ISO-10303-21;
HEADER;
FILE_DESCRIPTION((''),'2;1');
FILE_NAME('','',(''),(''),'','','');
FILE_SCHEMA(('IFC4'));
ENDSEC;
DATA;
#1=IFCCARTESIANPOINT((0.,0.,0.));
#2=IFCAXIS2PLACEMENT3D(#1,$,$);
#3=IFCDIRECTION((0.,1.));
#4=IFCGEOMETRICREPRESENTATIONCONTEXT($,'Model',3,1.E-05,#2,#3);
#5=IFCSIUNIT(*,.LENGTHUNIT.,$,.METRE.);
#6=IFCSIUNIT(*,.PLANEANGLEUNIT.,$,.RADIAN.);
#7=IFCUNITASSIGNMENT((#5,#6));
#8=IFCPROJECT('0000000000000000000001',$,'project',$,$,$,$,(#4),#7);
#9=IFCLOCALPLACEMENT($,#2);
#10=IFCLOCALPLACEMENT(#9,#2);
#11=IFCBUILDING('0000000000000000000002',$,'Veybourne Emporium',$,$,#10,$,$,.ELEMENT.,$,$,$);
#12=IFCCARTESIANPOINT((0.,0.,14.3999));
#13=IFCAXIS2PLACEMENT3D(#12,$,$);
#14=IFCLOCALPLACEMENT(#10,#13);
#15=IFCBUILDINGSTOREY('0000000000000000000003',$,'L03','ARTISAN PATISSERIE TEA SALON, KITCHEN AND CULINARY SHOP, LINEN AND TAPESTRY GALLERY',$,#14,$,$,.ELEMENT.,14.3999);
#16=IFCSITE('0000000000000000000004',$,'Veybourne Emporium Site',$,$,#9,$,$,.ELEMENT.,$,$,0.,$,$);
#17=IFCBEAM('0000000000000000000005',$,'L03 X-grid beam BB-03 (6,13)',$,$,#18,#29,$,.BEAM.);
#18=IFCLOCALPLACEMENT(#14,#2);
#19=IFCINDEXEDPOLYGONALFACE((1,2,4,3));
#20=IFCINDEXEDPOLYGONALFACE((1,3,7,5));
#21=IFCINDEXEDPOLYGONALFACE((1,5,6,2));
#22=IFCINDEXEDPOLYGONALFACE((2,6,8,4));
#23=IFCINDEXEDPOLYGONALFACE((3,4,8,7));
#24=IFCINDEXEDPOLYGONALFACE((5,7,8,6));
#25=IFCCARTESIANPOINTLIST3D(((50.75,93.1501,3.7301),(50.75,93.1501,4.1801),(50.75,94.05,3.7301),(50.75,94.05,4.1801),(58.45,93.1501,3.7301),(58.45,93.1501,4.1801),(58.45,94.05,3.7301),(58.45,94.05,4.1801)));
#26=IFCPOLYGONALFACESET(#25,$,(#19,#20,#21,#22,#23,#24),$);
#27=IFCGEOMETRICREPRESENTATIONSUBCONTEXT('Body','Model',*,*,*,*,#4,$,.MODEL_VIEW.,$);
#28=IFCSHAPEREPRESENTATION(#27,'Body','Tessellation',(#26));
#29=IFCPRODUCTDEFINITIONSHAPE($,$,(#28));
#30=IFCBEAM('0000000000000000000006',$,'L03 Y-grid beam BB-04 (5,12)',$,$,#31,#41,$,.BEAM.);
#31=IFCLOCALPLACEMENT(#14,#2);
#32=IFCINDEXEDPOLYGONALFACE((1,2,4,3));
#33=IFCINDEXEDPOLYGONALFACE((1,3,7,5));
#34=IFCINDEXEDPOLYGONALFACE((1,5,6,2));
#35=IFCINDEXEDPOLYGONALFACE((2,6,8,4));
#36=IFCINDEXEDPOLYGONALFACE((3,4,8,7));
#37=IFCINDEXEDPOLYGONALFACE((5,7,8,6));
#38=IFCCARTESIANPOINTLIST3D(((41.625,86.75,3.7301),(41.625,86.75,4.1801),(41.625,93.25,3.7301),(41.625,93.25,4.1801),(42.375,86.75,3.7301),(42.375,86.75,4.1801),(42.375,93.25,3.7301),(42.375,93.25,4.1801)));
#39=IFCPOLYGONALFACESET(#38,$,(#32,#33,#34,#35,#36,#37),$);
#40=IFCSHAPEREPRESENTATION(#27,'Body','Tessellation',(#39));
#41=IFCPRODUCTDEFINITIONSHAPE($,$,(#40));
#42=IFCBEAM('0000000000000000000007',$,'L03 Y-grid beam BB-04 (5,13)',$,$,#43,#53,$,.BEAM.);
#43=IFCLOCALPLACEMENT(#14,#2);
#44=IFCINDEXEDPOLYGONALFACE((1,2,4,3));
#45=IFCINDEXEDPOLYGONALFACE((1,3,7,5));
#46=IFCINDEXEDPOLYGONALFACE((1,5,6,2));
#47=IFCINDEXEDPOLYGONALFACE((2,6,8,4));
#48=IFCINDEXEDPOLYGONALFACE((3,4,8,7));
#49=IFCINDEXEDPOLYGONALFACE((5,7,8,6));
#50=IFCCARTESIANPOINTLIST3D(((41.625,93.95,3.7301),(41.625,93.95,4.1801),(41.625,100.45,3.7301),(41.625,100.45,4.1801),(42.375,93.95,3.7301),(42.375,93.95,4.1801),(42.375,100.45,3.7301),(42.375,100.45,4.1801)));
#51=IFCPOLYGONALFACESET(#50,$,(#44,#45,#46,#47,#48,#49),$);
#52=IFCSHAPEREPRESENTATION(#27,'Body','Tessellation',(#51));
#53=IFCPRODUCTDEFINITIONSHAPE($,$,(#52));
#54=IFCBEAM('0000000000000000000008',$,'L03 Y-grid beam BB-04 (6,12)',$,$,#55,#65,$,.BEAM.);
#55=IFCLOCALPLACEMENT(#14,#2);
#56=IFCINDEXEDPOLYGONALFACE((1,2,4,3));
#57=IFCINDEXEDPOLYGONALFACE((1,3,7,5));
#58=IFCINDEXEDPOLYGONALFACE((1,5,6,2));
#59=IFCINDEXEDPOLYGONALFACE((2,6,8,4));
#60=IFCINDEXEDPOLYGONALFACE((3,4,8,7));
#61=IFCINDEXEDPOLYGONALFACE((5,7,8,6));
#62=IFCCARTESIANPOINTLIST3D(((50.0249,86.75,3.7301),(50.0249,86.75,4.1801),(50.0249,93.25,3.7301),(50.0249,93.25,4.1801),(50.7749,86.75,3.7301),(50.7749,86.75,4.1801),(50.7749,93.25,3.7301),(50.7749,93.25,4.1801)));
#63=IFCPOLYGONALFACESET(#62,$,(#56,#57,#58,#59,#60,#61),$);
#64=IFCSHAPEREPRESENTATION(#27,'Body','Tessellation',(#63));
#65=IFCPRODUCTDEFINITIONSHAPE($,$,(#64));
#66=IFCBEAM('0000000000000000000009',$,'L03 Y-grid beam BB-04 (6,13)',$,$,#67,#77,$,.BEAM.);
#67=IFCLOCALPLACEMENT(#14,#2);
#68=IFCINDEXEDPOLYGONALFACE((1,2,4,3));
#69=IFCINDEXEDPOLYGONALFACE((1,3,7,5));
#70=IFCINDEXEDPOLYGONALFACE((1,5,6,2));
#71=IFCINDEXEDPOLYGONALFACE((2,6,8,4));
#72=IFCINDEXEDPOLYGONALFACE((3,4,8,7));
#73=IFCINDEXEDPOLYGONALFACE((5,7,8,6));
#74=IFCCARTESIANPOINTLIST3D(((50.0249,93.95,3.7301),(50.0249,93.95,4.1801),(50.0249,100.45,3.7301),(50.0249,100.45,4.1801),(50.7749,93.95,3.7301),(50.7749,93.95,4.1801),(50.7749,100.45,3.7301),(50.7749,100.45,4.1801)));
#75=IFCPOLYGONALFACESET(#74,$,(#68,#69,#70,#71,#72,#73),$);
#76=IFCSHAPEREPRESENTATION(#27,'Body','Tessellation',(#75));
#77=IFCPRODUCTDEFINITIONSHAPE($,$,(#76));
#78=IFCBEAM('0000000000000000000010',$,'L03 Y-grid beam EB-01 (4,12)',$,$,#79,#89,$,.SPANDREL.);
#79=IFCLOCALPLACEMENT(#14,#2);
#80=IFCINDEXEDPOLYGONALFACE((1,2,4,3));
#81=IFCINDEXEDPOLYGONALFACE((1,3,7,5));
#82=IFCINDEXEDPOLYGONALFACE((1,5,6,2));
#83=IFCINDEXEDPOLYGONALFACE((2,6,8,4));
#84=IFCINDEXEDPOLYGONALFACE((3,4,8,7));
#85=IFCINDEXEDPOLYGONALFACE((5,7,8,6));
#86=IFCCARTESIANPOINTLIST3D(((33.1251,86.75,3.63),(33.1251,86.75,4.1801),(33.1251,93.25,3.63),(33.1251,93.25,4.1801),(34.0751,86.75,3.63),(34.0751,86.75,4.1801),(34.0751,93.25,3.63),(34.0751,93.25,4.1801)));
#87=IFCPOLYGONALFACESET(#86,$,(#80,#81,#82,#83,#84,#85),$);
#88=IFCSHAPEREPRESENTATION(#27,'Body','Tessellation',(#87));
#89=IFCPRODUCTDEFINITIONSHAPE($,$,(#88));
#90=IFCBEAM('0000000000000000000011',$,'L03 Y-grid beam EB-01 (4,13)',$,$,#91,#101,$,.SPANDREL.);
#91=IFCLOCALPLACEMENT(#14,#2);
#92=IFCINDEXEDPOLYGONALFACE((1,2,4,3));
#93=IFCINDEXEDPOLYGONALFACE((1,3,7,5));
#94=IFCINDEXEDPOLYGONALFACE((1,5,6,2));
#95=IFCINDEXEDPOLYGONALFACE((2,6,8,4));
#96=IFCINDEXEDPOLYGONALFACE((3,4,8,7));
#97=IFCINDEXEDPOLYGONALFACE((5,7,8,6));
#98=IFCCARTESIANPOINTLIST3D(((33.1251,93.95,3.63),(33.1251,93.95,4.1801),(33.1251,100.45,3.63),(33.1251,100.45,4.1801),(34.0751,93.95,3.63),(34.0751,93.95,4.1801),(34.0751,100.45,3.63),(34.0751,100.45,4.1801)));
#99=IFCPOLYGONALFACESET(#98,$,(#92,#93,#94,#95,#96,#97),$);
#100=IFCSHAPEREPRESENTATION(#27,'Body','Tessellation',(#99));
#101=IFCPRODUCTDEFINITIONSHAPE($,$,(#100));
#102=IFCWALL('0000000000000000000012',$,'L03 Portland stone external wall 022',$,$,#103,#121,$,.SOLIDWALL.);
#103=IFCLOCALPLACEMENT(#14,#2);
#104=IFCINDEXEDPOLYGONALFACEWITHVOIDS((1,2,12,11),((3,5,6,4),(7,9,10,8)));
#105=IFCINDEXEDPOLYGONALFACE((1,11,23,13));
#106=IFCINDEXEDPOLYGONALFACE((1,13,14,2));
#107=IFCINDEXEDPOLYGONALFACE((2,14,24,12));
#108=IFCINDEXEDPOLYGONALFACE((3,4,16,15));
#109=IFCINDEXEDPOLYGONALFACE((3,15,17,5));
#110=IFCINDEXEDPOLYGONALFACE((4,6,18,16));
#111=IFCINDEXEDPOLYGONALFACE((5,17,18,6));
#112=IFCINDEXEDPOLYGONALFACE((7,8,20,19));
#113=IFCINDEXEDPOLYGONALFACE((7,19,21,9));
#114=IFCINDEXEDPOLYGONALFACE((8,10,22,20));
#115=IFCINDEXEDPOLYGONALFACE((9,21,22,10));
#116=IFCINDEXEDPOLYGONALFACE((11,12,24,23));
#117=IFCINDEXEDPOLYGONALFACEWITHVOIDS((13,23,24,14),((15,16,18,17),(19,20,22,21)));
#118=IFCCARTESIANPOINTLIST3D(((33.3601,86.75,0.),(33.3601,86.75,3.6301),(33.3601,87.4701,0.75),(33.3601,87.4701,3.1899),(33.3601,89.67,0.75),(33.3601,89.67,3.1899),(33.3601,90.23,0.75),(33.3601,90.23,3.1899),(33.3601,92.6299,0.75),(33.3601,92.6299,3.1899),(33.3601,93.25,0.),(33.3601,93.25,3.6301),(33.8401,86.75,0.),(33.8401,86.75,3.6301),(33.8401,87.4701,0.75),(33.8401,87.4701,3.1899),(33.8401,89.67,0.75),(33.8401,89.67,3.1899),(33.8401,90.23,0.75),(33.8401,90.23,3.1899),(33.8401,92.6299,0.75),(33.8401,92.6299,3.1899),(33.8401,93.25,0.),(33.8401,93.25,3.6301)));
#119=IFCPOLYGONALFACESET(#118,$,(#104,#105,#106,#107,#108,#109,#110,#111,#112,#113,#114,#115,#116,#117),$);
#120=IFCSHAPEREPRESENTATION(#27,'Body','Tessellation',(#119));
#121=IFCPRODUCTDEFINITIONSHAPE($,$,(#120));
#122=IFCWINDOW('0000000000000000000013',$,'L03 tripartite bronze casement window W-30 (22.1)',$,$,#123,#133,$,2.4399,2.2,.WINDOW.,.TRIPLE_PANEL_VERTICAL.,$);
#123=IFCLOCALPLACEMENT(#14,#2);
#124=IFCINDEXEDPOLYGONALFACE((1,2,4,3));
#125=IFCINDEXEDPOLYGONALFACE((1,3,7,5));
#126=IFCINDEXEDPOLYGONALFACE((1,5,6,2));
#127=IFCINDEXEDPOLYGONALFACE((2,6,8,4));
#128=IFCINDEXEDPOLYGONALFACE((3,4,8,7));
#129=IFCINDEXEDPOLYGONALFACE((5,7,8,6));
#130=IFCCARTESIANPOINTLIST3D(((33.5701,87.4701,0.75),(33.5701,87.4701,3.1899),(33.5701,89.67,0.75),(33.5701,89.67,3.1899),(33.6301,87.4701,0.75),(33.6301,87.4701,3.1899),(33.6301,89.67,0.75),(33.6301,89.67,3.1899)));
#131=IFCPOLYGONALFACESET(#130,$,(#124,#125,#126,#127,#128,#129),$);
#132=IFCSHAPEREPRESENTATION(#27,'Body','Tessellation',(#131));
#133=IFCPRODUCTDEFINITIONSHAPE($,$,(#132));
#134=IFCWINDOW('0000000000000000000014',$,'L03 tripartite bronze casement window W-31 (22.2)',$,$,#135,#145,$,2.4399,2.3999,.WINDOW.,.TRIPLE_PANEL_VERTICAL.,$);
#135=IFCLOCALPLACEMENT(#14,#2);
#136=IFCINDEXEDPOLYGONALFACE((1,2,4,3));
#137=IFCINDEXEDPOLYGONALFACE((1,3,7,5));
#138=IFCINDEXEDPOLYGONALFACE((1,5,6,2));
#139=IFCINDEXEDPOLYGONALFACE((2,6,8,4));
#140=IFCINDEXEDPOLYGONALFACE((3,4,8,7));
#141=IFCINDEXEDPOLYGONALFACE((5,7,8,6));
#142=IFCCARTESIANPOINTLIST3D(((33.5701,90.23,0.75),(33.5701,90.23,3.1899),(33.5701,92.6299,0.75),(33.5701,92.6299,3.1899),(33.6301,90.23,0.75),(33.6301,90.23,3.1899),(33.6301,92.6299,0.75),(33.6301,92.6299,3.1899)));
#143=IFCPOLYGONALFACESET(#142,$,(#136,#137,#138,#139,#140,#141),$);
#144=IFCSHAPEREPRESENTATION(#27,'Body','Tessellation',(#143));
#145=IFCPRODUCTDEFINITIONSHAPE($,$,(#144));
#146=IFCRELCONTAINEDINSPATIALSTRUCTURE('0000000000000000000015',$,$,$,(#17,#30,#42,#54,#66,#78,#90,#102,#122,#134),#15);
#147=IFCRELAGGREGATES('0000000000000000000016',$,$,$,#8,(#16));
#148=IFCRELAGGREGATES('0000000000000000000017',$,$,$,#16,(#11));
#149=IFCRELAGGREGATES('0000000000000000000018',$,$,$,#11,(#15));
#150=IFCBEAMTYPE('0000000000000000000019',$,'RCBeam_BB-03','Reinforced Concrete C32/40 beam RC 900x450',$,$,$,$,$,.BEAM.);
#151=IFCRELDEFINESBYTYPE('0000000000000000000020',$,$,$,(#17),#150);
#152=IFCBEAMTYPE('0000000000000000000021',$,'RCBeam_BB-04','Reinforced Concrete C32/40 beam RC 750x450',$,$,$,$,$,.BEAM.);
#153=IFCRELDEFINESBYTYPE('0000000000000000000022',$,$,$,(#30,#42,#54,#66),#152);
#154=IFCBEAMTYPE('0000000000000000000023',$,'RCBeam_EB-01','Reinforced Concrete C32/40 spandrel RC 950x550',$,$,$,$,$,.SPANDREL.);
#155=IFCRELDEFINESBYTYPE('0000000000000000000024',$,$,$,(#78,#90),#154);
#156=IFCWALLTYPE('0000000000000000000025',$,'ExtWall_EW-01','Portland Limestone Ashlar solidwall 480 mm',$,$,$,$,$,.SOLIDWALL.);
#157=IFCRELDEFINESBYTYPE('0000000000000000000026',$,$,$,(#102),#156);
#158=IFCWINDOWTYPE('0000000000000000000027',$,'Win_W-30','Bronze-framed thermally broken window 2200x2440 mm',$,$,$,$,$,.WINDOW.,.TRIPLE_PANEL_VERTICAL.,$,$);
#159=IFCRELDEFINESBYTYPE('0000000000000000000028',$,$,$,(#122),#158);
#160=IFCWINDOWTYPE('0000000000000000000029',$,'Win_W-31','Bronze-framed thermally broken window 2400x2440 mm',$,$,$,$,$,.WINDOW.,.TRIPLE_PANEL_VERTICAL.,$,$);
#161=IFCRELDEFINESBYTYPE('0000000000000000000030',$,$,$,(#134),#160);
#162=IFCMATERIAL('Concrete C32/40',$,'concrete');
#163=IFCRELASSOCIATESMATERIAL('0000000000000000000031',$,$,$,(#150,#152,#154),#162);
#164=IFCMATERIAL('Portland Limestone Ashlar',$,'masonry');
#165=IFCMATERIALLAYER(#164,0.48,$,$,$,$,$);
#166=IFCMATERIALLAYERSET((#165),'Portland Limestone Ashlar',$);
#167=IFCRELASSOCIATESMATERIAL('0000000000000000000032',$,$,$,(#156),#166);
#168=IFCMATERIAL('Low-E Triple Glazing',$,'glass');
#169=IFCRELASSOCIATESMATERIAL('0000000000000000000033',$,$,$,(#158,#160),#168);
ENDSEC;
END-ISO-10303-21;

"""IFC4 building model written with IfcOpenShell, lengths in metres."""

from ifc_helpers import new_model, si_unit, direction, frame, frame_2d, origin, origin_2d, place, context, subcontext, project, spatial, rectangle, extrude, material, layer, layer_set, material_profile, profile_set, type_object, element, fill, save


model = new_model("IFC4")

# Units and contexts
model_context = context("Model", 3, precision=1e-05, world=origin(), true_north=direction((0.0, 1.0)))
body_context = subcontext(model_context, "Body", "Model", "MODEL_VIEW")
ifc_project = project(units=[si_unit("LENGTHUNIT", "METRE"), si_unit("PLANEANGLEUNIT", "RADIAN")], contexts=[model_context])

# Site, building, storey
site_placement = place(None, origin())
site = spatial("IfcSite", under=ifc_project, at=site_placement, Name="Veybourne Emporium Site", CompositionType="ELEMENT", RefElevation=0.0)
building_placement = place(site_placement, origin())
building = spatial("IfcBuilding", under=site, at=building_placement, Name="Veybourne Emporium", CompositionType="ELEMENT")
storey_placement = place(building_placement, frame((0.0, 0.0, 14.3999)))
storey = spatial("IfcBuildingStorey", under=building, at=storey_placement, Name="L03", Description="ARTISAN PATISSERIE TEA SALON, KITCHEN AND CULINARY SHOP, LINEN AND TAPESTRY GALLERY", CompositionType="ELEMENT", Elevation=14.3999)

# Beams
ifc_material_1 = material(Name="Concrete C32/40", Category="concrete")
ifc_material_profile_1 = material_profile(ifc_material_1, rectangle(XDim=0.8999, YDim=0.45, at=origin_2d()), Name="RC 900x450")
ifc_profile_set_1 = profile_set([ifc_material_profile_1], Name="Concrete C32/40")
beam_type_1 = type_object("IfcBeamType", Name="RCBeam_BB-03", Description="Reinforced Concrete C32/40 beam RC 900x450", PredefinedType="BEAM", material=ifc_profile_set_1)
for number, where, z_axis, x_axis, name in (
    (1, (50.75, 93.6001, 3.9551), (1.0, 0.0, 0.0), (0.0, 1.0, 0.0), "L03 X-grid beam BB-03 (6,13)"),
):
    element("IfcBeam", number, at=place(storey_placement, frame(where, z_axis=z_axis, x_axis=x_axis)), inside=storey, type_object=beam_type_1, Name=name, PredefinedType="BEAM", context=body_context, shape_type="SweptSolid", body=[
        extrude(rectangle(XDim=0.8999, YDim=0.45, at=origin_2d()), origin(), (0.0, 0.0, 1.0), 7.7),
    ])
ifc_material_profile_2 = material_profile(ifc_material_1, rectangle(XDim=0.75, YDim=0.45, at=origin_2d()), Name="RC 750x450")
ifc_profile_set_2 = profile_set([ifc_material_profile_2], Name="Concrete C32/40")
beam_type_2 = type_object("IfcBeamType", Name="RCBeam_BB-04", Description="Reinforced Concrete C32/40 beam RC 750x450", PredefinedType="BEAM", material=ifc_profile_set_2)
for number, where, z_axis, x_axis, name in (
    (2, (42.0, 86.75, 3.9551), (0.0, 1.0, 0.0), (-1.0, 0.0, 0.0), "L03 Y-grid beam BB-04 (5,12)"),
    (3, (42.0, 93.95, 3.9551), (0.0, 1.0, 0.0), (-1.0, 0.0, 0.0), "L03 Y-grid beam BB-04 (5,13)"),
    (4, (50.3999, 86.75, 3.9551), (0.0, 1.0, 0.0), (-1.0, 0.0, 0.0), "L03 Y-grid beam BB-04 (6,12)"),
    (5, (50.3999, 93.95, 3.9551), (0.0, 1.0, 0.0), (-1.0, 0.0, 0.0), "L03 Y-grid beam BB-04 (6,13)"),
):
    element("IfcBeam", number, at=place(storey_placement, frame(where, z_axis=z_axis, x_axis=x_axis)), inside=storey, type_object=beam_type_2, Name=name, PredefinedType="BEAM", context=body_context, shape_type="SweptSolid", body=[
        extrude(rectangle(XDim=0.75, YDim=0.45, at=origin_2d()), origin(), (0.0, 0.0, 1.0), 6.5),
    ])
ifc_material_profile_3 = material_profile(ifc_material_1, rectangle(XDim=0.95, YDim=0.55, at=origin_2d()), Name="RC 950x550")
ifc_profile_set_3 = profile_set([ifc_material_profile_3], Name="Concrete C32/40")
beam_type_3 = type_object("IfcBeamType", Name="RCBeam_EB-01", Description="Reinforced Concrete C32/40 spandrel RC 950x550", PredefinedType="SPANDREL", material=ifc_profile_set_3)
for number, where, z_axis, x_axis, name in (
    (6, (33.6001, 86.75, 3.905), (0.0, 1.0, 0.0), (-1.0, 0.0, 0.0), "L03 Y-grid beam EB-01 (4,12)"),
    (7, (33.6001, 93.95, 3.905), (0.0, 1.0, 0.0), (-1.0, 0.0, 0.0), "L03 Y-grid beam EB-01 (4,13)"),
):
    element("IfcBeam", number, at=place(storey_placement, frame(where, z_axis=z_axis, x_axis=x_axis)), inside=storey, type_object=beam_type_3, Name=name, PredefinedType="SPANDREL", context=body_context, shape_type="SweptSolid", body=[
        extrude(rectangle(XDim=0.95, YDim=0.55, at=origin_2d()), origin(), (0.0, 0.0, 1.0), 6.5),
    ])

# Wall, openings, windows
ifc_material_2 = material(Name="Portland Limestone Ashlar", Category="masonry")
ifc_layer_1 = layer(ifc_material_2, 0.48)
ifc_layer_set_1 = layer_set([ifc_layer_1], Name="Portland Limestone Ashlar")
wall_type = type_object("IfcWallType", Name="ExtWall_EW-01", Description="Portland Limestone Ashlar solidwall 480 mm", PredefinedType="SOLIDWALL", material=ifc_layer_set_1)
wall_placement = place(storey_placement, frame((33.6001, 86.75, 0.0), z_axis=(0.0, 0.0, 1.0), x_axis=(0.0, 1.0, 0.0)))
wall = element("IfcWall", 8, at=wall_placement, inside=storey, type_object=wall_type, Name="L03 Portland stone external wall 022", PredefinedType="SOLIDWALL", context=body_context, shape_type="SweptSolid", body=[
    extrude(rectangle(XDim=6.5, YDim=0.48, at=frame_2d((3.25, 0.0))), origin(), (0.0, 0.0, 1.0), 3.6301),
])
opening_1_placement = place(wall_placement, frame((0.72, 0.0, 0.75)))
opening_1 = element("IfcOpeningElement", 9, at=opening_1_placement, cuts=wall, PredefinedType="OPENING", context=body_context, shape_type="SweptSolid", body=[
    extrude(rectangle(XDim=2.2, YDim=2.4399, at=frame_2d((1.1001, 1.22))), frame((0.0, 0.26, 0.0), z_axis=(0.0, -1.0, 0.0), x_axis=(1.0, 0.0, 0.0)), (0.0, 0.0, 1.0), 0.52),
])
opening_2_placement = place(wall_placement, frame((3.48, 0.0, 0.75)))
opening_2 = element("IfcOpeningElement", 10, at=opening_2_placement, cuts=wall, PredefinedType="OPENING", context=body_context, shape_type="SweptSolid", body=[
    extrude(rectangle(XDim=2.3999, YDim=2.4399, at=frame_2d((1.2, 1.22))), frame((0.0, 0.26, 0.0), z_axis=(0.0, -1.0, 0.0), x_axis=(1.0, 0.0, 0.0)), (0.0, 0.0, 1.0), 0.52),
])
ifc_material_3 = material(Name="Low-E Triple Glazing", Category="glass")
window_type_1 = type_object("IfcWindowType", Name="Win_W-30", Description="Bronze-framed thermally broken window 2200x2440 mm", PartitioningType="TRIPLE_PANEL_VERTICAL", PredefinedType="WINDOW", material=ifc_material_3)
window_1_placement = place(opening_1_placement, origin())
window_1 = element("IfcWindow", 11, at=window_1_placement, inside=storey, type_object=window_type_1, Name="L03 tripartite bronze casement window W-30 (22.1)", OverallHeight=2.4399, OverallWidth=2.2, PartitioningType="TRIPLE_PANEL_VERTICAL", PredefinedType="WINDOW", context=body_context, shape_type="SweptSolid", body=[
    extrude(rectangle(XDim=2.2, YDim=2.4399, at=frame_2d((1.1001, 1.22))), frame((0.0, 0.03, 0.0), z_axis=(0.0, -1.0, 0.0), x_axis=(1.0, 0.0, 0.0)), (0.0, 0.0, 1.0), 0.0601),
])
fill(opening_1, window_1)
window_type_2 = type_object("IfcWindowType", Name="Win_W-31", Description="Bronze-framed thermally broken window 2400x2440 mm", PartitioningType="TRIPLE_PANEL_VERTICAL", PredefinedType="WINDOW", material=ifc_material_3)
window_2_placement = place(opening_2_placement, origin())
window_2 = element("IfcWindow", 12, at=window_2_placement, inside=storey, type_object=window_type_2, Name="L03 tripartite bronze casement window W-31 (22.2)", OverallHeight=2.4399, OverallWidth=2.3999, PartitioningType="TRIPLE_PANEL_VERTICAL", PredefinedType="WINDOW", context=body_context, shape_type="SweptSolid", body=[
    extrude(rectangle(XDim=2.3999, YDim=2.4399, at=frame_2d((1.2, 1.22))), frame((0.0, 0.03, 0.0), z_axis=(0.0, -1.0, 0.0), x_axis=(1.0, 0.0, 0.0)), (0.0, 0.0, 1.0), 0.0601),
])
fill(opening_2, window_2)

save(model, "model.ifc")
